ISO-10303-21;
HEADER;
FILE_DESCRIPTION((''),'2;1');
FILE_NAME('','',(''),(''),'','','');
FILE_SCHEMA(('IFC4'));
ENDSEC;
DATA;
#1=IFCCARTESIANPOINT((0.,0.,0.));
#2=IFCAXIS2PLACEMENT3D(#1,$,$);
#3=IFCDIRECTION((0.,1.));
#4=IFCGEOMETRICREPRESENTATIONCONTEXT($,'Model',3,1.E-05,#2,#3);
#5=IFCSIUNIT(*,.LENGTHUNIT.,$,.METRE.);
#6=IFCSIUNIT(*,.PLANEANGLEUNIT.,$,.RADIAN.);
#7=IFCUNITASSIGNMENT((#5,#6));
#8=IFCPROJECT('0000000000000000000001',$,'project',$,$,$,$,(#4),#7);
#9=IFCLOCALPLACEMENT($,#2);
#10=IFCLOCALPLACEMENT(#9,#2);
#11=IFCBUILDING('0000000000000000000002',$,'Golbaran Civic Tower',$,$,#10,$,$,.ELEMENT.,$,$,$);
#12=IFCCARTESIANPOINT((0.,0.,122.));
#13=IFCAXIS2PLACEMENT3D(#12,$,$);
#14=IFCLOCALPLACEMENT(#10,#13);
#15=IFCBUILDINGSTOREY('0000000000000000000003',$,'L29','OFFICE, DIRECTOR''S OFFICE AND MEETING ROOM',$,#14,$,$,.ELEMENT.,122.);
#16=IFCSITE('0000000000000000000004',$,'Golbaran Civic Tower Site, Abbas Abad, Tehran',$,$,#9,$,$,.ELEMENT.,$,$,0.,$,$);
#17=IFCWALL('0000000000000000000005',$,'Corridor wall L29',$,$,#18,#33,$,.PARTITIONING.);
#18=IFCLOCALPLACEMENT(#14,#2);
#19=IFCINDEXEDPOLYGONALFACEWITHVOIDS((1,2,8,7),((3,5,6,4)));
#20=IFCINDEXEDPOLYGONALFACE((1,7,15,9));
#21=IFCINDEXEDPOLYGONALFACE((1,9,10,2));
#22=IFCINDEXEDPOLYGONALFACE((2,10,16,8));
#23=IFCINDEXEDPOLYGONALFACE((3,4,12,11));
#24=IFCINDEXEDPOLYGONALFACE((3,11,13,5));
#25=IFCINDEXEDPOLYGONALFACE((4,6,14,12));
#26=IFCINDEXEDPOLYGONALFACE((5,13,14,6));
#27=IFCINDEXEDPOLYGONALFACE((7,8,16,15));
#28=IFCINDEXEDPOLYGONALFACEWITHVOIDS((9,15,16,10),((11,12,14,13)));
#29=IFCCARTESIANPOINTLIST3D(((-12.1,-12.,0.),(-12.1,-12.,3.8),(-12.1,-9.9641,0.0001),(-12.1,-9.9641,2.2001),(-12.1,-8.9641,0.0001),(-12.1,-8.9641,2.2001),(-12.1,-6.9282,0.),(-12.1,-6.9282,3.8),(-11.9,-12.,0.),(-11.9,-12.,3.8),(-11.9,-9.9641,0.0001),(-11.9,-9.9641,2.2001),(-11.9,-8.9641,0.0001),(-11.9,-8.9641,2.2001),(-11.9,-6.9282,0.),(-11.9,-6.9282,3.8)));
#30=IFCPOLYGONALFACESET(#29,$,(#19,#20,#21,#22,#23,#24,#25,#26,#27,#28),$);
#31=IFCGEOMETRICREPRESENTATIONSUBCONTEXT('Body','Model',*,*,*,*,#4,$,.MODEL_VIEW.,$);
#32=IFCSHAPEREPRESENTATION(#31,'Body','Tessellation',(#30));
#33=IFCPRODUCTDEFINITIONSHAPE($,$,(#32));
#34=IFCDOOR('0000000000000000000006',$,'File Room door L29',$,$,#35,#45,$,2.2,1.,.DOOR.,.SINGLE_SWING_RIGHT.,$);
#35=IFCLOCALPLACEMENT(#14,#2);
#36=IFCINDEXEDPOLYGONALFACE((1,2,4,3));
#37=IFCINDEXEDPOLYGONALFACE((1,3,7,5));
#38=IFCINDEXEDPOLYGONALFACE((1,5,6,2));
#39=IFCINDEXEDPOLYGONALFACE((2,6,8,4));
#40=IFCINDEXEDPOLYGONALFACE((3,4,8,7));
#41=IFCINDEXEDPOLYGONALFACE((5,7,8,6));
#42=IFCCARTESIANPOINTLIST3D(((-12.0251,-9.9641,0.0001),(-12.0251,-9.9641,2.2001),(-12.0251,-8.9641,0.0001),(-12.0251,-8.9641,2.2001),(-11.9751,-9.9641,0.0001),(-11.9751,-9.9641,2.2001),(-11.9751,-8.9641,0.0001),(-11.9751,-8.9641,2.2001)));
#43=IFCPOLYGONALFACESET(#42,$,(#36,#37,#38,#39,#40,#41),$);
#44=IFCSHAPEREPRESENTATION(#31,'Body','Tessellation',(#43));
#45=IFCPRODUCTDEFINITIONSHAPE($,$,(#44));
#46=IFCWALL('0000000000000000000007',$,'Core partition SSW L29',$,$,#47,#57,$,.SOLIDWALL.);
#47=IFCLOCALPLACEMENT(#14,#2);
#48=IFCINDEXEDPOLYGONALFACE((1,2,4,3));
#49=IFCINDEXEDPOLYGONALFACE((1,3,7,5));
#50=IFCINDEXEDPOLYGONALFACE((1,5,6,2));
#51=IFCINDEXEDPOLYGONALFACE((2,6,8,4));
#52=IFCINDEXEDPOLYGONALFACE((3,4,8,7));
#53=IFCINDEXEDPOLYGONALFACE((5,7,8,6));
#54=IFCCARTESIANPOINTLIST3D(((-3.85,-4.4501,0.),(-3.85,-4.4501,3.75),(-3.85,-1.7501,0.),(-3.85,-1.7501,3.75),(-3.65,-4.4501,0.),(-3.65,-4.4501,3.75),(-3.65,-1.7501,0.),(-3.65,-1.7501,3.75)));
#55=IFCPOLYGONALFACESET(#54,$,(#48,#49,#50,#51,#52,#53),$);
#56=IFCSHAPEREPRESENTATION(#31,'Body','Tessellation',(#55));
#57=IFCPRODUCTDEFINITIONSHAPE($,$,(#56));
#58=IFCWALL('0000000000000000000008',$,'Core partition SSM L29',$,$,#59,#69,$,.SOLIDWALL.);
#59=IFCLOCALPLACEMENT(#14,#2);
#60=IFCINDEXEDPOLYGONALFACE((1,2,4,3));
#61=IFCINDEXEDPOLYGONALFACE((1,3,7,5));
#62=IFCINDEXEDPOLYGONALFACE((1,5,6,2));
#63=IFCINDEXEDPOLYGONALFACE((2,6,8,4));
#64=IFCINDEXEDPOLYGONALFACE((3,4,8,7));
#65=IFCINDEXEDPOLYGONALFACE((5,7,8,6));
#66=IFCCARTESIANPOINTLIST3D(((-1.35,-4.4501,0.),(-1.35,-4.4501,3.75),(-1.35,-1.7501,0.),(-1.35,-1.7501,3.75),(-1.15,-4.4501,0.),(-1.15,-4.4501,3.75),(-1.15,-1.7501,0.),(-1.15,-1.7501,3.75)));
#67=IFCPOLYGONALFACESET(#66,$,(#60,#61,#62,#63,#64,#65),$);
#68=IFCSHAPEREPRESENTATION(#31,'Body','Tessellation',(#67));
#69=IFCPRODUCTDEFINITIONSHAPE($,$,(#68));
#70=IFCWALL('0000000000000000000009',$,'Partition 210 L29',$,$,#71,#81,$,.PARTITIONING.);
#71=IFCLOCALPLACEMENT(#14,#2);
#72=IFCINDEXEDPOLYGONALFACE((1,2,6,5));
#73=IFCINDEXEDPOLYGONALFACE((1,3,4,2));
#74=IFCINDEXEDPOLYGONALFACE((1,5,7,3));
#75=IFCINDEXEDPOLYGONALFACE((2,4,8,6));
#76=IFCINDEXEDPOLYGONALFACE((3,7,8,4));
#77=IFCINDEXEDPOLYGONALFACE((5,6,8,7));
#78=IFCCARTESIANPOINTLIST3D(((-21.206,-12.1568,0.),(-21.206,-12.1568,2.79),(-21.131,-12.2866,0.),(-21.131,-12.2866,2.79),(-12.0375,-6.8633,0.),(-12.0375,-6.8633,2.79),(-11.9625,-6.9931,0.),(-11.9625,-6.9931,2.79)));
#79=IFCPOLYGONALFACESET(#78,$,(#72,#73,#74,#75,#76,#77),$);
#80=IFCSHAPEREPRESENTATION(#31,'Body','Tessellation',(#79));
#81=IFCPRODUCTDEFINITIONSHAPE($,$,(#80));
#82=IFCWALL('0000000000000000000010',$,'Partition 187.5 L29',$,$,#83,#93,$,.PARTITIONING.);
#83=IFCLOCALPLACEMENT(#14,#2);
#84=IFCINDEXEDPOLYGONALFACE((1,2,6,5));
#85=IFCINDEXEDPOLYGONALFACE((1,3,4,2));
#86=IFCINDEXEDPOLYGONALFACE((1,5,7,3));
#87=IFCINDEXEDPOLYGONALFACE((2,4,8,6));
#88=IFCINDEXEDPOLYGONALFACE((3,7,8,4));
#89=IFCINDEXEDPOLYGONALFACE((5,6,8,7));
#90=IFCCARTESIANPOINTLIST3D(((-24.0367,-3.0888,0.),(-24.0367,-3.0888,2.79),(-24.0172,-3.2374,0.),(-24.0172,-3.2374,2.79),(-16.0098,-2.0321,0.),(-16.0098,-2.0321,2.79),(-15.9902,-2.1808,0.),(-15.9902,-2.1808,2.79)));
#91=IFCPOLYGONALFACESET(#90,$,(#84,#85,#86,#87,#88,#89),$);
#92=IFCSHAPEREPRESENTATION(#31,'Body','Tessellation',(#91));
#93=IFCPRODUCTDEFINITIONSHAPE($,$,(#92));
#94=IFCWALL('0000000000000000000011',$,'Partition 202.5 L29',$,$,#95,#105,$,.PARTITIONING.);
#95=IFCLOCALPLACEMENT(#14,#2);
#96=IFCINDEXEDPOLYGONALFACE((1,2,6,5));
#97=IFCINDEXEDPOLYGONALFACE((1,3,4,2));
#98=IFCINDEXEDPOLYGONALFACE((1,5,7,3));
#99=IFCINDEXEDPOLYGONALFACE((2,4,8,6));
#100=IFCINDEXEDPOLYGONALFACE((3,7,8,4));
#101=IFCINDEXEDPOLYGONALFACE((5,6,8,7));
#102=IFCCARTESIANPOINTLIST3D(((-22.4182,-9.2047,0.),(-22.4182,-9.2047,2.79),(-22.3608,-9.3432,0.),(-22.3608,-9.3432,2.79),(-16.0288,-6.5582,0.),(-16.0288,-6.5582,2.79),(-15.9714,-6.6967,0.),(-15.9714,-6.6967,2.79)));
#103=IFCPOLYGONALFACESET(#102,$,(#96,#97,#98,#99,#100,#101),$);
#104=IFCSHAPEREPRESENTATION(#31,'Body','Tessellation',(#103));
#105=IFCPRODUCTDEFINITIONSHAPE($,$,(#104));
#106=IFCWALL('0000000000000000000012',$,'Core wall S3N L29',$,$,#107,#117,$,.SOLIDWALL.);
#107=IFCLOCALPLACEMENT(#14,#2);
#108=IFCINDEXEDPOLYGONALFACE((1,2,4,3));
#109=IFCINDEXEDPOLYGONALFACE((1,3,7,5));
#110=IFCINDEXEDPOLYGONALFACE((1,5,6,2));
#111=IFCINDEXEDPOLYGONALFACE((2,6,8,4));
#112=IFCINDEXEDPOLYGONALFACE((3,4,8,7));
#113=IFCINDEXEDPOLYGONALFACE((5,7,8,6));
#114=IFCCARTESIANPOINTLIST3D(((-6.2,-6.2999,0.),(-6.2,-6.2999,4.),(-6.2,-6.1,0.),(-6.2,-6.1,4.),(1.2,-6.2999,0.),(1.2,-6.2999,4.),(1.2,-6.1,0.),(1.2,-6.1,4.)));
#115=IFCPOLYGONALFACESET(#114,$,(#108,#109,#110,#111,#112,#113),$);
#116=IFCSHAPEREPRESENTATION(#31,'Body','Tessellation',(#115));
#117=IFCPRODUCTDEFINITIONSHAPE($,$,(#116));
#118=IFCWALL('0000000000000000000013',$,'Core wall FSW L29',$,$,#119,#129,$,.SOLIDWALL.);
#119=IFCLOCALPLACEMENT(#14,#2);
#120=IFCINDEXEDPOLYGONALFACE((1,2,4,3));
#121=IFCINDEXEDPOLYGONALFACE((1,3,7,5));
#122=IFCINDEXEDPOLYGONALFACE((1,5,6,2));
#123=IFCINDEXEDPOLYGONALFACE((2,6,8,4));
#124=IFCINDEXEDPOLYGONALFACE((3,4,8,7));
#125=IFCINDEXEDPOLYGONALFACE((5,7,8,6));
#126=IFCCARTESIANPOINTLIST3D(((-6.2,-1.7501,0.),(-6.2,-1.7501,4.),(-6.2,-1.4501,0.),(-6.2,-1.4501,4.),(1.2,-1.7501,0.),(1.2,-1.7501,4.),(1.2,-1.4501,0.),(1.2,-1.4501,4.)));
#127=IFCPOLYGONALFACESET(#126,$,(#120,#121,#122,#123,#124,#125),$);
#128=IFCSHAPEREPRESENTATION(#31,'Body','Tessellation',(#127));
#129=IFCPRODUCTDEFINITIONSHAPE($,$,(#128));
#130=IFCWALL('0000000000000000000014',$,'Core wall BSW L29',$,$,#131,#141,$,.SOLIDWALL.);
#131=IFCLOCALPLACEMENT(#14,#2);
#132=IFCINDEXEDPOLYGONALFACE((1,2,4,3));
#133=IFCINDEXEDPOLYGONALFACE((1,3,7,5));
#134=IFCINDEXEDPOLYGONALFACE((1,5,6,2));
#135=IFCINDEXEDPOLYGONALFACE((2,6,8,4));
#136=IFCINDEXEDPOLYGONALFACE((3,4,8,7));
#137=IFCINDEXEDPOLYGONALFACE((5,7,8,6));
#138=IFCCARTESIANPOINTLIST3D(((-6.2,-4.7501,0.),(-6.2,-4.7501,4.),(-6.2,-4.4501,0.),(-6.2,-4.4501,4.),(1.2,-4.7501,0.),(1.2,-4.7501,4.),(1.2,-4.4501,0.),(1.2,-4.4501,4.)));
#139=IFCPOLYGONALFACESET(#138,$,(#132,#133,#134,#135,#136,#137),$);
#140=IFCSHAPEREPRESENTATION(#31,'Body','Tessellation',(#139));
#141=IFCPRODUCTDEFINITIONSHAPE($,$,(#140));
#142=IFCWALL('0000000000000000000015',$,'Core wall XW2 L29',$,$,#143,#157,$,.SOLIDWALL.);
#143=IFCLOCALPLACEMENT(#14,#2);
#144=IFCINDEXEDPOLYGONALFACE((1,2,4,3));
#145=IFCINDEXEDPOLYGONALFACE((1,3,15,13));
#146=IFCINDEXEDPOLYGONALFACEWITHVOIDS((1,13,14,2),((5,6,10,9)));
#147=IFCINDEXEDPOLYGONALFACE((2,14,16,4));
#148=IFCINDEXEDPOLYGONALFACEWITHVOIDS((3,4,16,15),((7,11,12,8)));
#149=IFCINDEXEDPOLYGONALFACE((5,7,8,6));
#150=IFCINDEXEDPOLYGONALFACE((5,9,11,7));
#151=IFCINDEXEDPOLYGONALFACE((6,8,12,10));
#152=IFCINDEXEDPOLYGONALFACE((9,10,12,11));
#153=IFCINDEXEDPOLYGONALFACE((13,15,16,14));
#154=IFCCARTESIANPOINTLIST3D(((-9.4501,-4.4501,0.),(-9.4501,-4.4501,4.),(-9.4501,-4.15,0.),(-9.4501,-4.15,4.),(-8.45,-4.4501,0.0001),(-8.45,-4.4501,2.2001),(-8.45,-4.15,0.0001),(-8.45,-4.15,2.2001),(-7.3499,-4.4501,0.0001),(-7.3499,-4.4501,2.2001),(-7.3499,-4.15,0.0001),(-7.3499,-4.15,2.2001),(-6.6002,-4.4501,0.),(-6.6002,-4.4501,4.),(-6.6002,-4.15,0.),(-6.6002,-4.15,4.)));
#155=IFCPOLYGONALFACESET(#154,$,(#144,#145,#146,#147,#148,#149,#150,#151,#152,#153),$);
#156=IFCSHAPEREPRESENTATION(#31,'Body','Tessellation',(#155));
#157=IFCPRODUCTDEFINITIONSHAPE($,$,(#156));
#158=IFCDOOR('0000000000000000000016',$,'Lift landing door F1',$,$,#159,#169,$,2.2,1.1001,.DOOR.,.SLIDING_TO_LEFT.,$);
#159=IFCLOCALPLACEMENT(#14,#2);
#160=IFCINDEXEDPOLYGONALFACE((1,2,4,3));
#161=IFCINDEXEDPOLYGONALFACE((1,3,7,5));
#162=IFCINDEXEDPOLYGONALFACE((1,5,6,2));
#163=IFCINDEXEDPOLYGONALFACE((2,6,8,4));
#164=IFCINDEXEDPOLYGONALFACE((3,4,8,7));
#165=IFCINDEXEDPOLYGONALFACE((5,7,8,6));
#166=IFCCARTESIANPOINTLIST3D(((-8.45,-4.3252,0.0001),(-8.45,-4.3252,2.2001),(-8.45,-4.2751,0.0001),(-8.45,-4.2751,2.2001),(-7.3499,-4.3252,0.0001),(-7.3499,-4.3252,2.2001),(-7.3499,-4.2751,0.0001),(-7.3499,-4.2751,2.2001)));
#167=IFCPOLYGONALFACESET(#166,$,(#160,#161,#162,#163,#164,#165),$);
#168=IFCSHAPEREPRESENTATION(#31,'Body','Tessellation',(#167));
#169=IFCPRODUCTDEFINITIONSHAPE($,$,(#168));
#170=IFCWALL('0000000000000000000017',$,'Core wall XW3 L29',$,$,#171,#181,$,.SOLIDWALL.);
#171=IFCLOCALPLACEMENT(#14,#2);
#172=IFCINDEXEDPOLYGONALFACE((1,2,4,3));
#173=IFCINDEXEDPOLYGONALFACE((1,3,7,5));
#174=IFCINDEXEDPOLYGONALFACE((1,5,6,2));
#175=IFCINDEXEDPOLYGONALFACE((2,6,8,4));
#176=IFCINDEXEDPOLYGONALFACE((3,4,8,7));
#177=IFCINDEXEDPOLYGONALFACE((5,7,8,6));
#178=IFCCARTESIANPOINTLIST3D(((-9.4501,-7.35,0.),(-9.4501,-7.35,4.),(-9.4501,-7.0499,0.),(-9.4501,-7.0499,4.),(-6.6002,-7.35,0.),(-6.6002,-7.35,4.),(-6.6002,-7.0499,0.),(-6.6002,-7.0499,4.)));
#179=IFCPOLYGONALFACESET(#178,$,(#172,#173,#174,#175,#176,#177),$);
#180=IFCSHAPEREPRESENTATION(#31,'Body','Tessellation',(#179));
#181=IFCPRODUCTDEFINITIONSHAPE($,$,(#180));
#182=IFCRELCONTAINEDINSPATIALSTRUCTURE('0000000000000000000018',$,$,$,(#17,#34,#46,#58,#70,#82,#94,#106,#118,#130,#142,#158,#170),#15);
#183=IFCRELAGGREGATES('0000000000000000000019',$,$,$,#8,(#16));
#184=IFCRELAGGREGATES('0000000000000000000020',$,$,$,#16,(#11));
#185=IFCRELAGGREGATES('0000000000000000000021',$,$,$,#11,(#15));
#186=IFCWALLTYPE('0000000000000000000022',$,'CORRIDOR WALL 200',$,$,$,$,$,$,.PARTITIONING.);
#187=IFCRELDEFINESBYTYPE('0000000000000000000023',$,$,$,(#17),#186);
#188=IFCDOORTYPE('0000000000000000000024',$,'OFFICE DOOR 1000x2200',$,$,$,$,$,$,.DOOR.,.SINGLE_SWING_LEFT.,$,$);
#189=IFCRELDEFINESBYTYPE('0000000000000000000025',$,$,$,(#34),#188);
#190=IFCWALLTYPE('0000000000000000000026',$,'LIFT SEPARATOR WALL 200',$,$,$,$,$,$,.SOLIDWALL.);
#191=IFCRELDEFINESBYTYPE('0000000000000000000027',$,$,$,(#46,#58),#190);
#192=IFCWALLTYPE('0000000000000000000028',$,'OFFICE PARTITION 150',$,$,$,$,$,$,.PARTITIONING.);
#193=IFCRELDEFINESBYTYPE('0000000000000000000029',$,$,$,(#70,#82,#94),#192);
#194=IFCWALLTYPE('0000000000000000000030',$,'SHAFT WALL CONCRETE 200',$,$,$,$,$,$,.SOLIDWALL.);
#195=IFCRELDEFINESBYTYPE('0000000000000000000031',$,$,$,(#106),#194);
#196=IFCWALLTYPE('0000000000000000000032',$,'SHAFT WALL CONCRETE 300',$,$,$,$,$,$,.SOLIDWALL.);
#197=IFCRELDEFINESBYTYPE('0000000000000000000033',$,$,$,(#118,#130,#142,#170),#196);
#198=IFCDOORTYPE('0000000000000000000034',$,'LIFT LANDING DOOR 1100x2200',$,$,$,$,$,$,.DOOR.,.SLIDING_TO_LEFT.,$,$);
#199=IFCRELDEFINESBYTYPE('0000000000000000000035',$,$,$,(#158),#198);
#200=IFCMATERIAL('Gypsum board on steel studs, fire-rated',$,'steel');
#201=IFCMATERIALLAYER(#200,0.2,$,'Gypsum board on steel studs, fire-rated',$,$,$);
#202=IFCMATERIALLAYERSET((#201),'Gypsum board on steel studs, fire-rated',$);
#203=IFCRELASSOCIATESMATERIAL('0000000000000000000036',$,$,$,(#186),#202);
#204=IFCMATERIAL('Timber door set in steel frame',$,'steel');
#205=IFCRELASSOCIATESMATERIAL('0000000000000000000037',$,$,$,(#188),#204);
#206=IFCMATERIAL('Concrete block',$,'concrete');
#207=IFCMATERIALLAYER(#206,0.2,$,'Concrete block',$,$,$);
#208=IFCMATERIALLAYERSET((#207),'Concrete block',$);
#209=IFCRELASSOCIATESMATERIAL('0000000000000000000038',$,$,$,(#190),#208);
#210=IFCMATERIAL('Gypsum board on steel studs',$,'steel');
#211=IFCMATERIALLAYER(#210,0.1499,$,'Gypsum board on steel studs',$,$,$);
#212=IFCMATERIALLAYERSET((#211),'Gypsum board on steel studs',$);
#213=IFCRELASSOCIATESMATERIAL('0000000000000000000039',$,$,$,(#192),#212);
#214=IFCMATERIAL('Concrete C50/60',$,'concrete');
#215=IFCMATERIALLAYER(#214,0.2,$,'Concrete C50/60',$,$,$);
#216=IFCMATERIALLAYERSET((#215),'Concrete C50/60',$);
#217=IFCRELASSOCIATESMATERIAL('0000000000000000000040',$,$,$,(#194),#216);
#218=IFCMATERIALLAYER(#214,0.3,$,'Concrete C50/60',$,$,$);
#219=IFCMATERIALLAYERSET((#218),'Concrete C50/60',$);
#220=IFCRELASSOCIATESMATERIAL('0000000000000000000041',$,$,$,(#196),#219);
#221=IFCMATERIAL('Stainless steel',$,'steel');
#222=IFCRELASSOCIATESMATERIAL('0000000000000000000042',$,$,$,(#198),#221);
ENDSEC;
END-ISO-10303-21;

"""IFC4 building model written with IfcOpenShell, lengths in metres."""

from ifc_helpers import new_model, si_unit, direction, frame, frame_2d, origin, place, context, subcontext, project, spatial, rectangle, extrude, material, layer, layer_set, type_object, element, fill, save


model = new_model("IFC4")

# Units and contexts
model_context = context("Model", 3, precision=1e-05, world=origin(), true_north=direction((0.0, 1.0)))
body_context = subcontext(model_context, "Body", "Model", "MODEL_VIEW")
ifc_project = project(units=[si_unit("LENGTHUNIT", "METRE"), si_unit("PLANEANGLEUNIT", "RADIAN")], contexts=[model_context])

# Site, building, storey
site_placement = place(None, origin())
site = spatial("IfcSite", under=ifc_project, at=site_placement, Name="Golbaran Civic Tower Site, Abbas Abad, Tehran", CompositionType="ELEMENT", RefElevation=0.0)
building_placement = place(site_placement, origin())
building = spatial("IfcBuilding", under=site, at=building_placement, Name="Golbaran Civic Tower", CompositionType="ELEMENT")
storey_placement = place(building_placement, frame((0.0, 0.0, 122.0)))
storey = spatial("IfcBuildingStorey", under=building, at=storey_placement, Name="L29", Description="OFFICE, DIRECTOR'S OFFICE AND MEETING ROOM", CompositionType="ELEMENT", Elevation=122.0)

# Wall, opening, door
ifc_material_1 = material(Name="Gypsum board on steel studs, fire-rated", Category="steel")
ifc_layer_1 = layer(ifc_material_1, 0.2, Name="Gypsum board on steel studs, fire-rated")
ifc_layer_set_1 = layer_set([ifc_layer_1], Name="Gypsum board on steel studs, fire-rated")
wall_type_1 = type_object("IfcWallType", Name="CORRIDOR WALL 200", PredefinedType="PARTITIONING", material=ifc_layer_set_1)
wall_1_placement = place(storey_placement, frame((-12.0, -6.9282, 0.0), z_axis=(0.0, 0.0, 1.0), x_axis=(0.0, -1.0, 0.0)))
wall_1 = element("IfcWall", 1, at=wall_1_placement, inside=storey, type_object=wall_type_1, Name="Corridor wall L29", PredefinedType="PARTITIONING", context=body_context, shape_type="SweptSolid", body=[
    extrude(rectangle(XDim=5.0718, YDim=0.2, at=frame_2d((2.5359, 0.0))), origin(), (0.0, 0.0, 1.0), 3.8),
])
opening_1_placement = place(wall_1_placement, frame((2.0359, 0.0, 0.0)))
opening_1 = element("IfcOpeningElement", 2, at=opening_1_placement, cuts=wall_1, PredefinedType="OPENING", context=body_context, shape_type="SweptSolid", body=[
    extrude(rectangle(XDim=1.0, YDim=2.2, at=frame_2d((0.5, 1.1001))), frame((0.0, 0.1099, 0.0), z_axis=(0.0, -1.0, 0.0), x_axis=(1.0, 0.0, 0.0)), (0.0, 0.0, 1.0), 0.22),
])
ifc_material_2 = material(Name="Timber door set in steel frame", Category="steel")
door_type_1 = type_object("IfcDoorType", Name="OFFICE DOOR 1000x2200", OperationType="SINGLE_SWING_LEFT", PredefinedType="DOOR", material=ifc_material_2)
door_1_placement = place(opening_1_placement, origin())
door_1 = element("IfcDoor", 3, at=door_1_placement, inside=storey, type_object=door_type_1, Name="File Room door L29", OperationType="SINGLE_SWING_RIGHT", OverallHeight=2.2, OverallWidth=1.0, PredefinedType="DOOR", context=body_context, shape_type="SweptSolid", body=[
    extrude(rectangle(XDim=1.0, YDim=2.2, at=frame_2d((0.5, 1.1001))), frame((0.0, 0.0249, 0.0), z_axis=(0.0, -1.0, 0.0), x_axis=(1.0, 0.0, 0.0)), (0.0, 0.0, 1.0), 0.05),
])
fill(opening_1, door_1)

# Walls
ifc_material_3 = material(Name="Concrete block", Category="concrete")
ifc_layer_2 = layer(ifc_material_3, 0.2, Name="Concrete block")
ifc_layer_set_2 = layer_set([ifc_layer_2], Name="Concrete block")
wall_type_2 = type_object("IfcWallType", Name="LIFT SEPARATOR WALL 200", PredefinedType="SOLIDWALL", material=ifc_layer_set_2)
for number, where, z_axis, x_axis, name in (
    (4, (-3.75, -1.75, 0.0), (0.0, 0.0, 1.0), (0.0, -1.0, 0.0), "Core partition SSW L29"),
    (5, (-1.25, -1.75, 0.0), (0.0, 0.0, 1.0), (0.0, -1.0, 0.0), "Core partition SSM L29"),
):
    element("IfcWall", number, at=place(storey_placement, frame(where, z_axis=z_axis, x_axis=x_axis)), inside=storey, type_object=wall_type_2, Name=name, PredefinedType="SOLIDWALL", context=body_context, shape_type="SweptSolid", body=[
        extrude(rectangle(XDim=2.7, YDim=0.2, at=frame_2d((1.3501, 0.0))), origin(), (0.0, 0.0, 1.0), 3.75),
    ])
ifc_material_4 = material(Name="Gypsum board on steel studs", Category="steel")
ifc_layer_3 = layer(ifc_material_4, 0.1499, Name="Gypsum board on steel studs")
ifc_layer_set_3 = layer_set([ifc_layer_3], Name="Gypsum board on steel studs")
wall_type_3 = type_object("IfcWallType", Name="OFFICE PARTITION 150", PredefinedType="PARTITIONING", material=ifc_layer_set_3)
wall_2_placement = place(storey_placement, frame((-12.0, -6.9282, 0.0), z_axis=(0.0, 0.0, 1.0), x_axis=(-0.866024, -0.500003, 0.0)))
element("IfcWall", 6, at=wall_2_placement, inside=storey, type_object=wall_type_3, Name="Partition 210 L29", PredefinedType="PARTITIONING", context=body_context, shape_type="SweptSolid", body=[
    extrude(rectangle(XDim=10.5869, YDim=0.1499, at=frame_2d((5.2935, 0.0))), origin(), (0.0, 0.0, 1.0), 2.79),
])
wall_3_placement = place(storey_placement, frame((-16.0, -2.1064, 0.0), z_axis=(0.0, 0.0, 1.0), x_axis=(-0.991447, -0.130512, 0.0)))
element("IfcWall", 7, at=wall_3_placement, inside=storey, type_object=wall_type_3, Name="Partition 187.5 L29", PredefinedType="PARTITIONING", context=body_context, shape_type="SweptSolid", body=[
    extrude(rectangle(XDim=8.0962, YDim=0.1499, at=frame_2d((4.0481, 0.0))), origin(), (0.0, 0.0, 1.0), 2.79),
])
wall_4_placement = place(storey_placement, frame((-16.0, -6.6274, 0.0), z_axis=(0.0, 0.0, 1.0), x_axis=(-0.923884, -0.382672, 0.0)))
element("IfcWall", 8, at=wall_4_placement, inside=storey, type_object=wall_type_3, Name="Partition 202.5 L29", PredefinedType="PARTITIONING", context=body_context, shape_type="SweptSolid", body=[
    extrude(rectangle(XDim=6.9158, YDim=0.1499, at=frame_2d((3.458, 0.0))), origin(), (0.0, 0.0, 1.0), 2.79),
])
ifc_material_5 = material(Name="Concrete C50/60", Category="concrete")
ifc_layer_4 = layer(ifc_material_5, 0.2, Name="Concrete C50/60")
ifc_layer_set_4 = layer_set([ifc_layer_4], Name="Concrete C50/60")
wall_type_4 = type_object("IfcWallType", Name="SHAFT WALL CONCRETE 200", PredefinedType="SOLIDWALL", material=ifc_layer_set_4)
wall_5_placement = place(storey_placement, frame((-6.2, -6.2, 0.0), z_axis=(0.0, 0.0, 1.0), x_axis=(1.0, 0.0, 0.0)))
element("IfcWall", 9, at=wall_5_placement, inside=storey, type_object=wall_type_4, Name="Core wall S3N L29", PredefinedType="SOLIDWALL", context=body_context, shape_type="SweptSolid", body=[
    extrude(rectangle(XDim=7.3999, YDim=0.2, at=frame_2d((3.7, 0.0))), origin(), (0.0, 0.0, 1.0), 4.0),
])
ifc_layer_5 = layer(ifc_material_5, 0.3, Name="Concrete C50/60")
ifc_layer_set_5 = layer_set([ifc_layer_5], Name="Concrete C50/60")
wall_type_5 = type_object("IfcWallType", Name="SHAFT WALL CONCRETE 300", PredefinedType="SOLIDWALL", material=ifc_layer_set_5)
for number, where, z_axis, x_axis, name in (
    (10, (-6.2, -1.6001, 0.0), (0.0, 0.0, 1.0), (1.0, 0.0, 0.0), "Core wall FSW L29"),
    (11, (-6.2, -4.6001, 0.0), (0.0, 0.0, 1.0), (1.0, 0.0, 0.0), "Core wall BSW L29"),
):
    element("IfcWall", number, at=place(storey_placement, frame(where, z_axis=z_axis, x_axis=x_axis)), inside=storey, type_object=wall_type_5, Name=name, PredefinedType="SOLIDWALL", context=body_context, shape_type="SweptSolid", body=[
        extrude(rectangle(XDim=7.3999, YDim=0.3, at=frame_2d((3.7, 0.0))), origin(), (0.0, 0.0, 1.0), 4.0),
    ])

# Wall, opening, door
wall_6_placement = place(storey_placement, frame((-9.45, -4.3, 0.0), z_axis=(0.0, 0.0, 1.0), x_axis=(1.0, 0.0, 0.0)))
wall_6 = element("IfcWall", 12, at=wall_6_placement, inside=storey, type_object=wall_type_5, Name="Core wall XW2 L29", PredefinedType="SOLIDWALL", context=body_context, shape_type="SweptSolid", body=[
    extrude(rectangle(XDim=2.8499, YDim=0.3, at=frame_2d((1.4248, 0.0))), origin(), (0.0, 0.0, 1.0), 4.0),
])
opening_2_placement = place(wall_6_placement, frame((1.0, 0.0, 0.0)))
opening_2 = element("IfcOpeningElement", 13, at=opening_2_placement, cuts=wall_6, PredefinedType="OPENING", context=body_context, shape_type="SweptSolid", body=[
    extrude(rectangle(XDim=1.1001, YDim=2.2, at=frame_2d((0.55, 1.1001))), frame((0.0, 0.1599, 0.0), z_axis=(0.0, -1.0, 0.0), x_axis=(1.0, 0.0, 0.0)), (0.0, 0.0, 1.0), 0.3201),
])
ifc_material_6 = material(Name="Stainless steel", Category="steel")
door_type_2 = type_object("IfcDoorType", Name="LIFT LANDING DOOR 1100x2200", OperationType="SLIDING_TO_LEFT", PredefinedType="DOOR", material=ifc_material_6)
door_2_placement = place(opening_2_placement, origin())
door_2 = element("IfcDoor", 14, at=door_2_placement, inside=storey, type_object=door_type_2, Name="Lift landing door F1", OperationType="SLIDING_TO_LEFT", OverallHeight=2.2, OverallWidth=1.1001, PredefinedType="DOOR", context=body_context, shape_type="SweptSolid", body=[
    extrude(rectangle(XDim=1.1001, YDim=2.2, at=frame_2d((0.55, 1.1001))), frame((0.0, 0.0249, 0.0), z_axis=(0.0, -1.0, 0.0), x_axis=(1.0, 0.0, 0.0)), (0.0, 0.0, 1.0), 0.05),
])
fill(opening_2, door_2)

# Wall
wall_7_placement = place(storey_placement, frame((-9.45, -7.2, 0.0), z_axis=(0.0, 0.0, 1.0), x_axis=(1.0, 0.0, 0.0)))
element("IfcWall", 15, at=wall_7_placement, inside=storey, type_object=wall_type_5, Name="Core wall XW3 L29", PredefinedType="SOLIDWALL", context=body_context, shape_type="SweptSolid", body=[
    extrude(rectangle(XDim=2.8499, YDim=0.3, at=frame_2d((1.4248, 0.0))), origin(), (0.0, 0.0, 1.0), 4.0),
])

save(model, "model.ifc")
